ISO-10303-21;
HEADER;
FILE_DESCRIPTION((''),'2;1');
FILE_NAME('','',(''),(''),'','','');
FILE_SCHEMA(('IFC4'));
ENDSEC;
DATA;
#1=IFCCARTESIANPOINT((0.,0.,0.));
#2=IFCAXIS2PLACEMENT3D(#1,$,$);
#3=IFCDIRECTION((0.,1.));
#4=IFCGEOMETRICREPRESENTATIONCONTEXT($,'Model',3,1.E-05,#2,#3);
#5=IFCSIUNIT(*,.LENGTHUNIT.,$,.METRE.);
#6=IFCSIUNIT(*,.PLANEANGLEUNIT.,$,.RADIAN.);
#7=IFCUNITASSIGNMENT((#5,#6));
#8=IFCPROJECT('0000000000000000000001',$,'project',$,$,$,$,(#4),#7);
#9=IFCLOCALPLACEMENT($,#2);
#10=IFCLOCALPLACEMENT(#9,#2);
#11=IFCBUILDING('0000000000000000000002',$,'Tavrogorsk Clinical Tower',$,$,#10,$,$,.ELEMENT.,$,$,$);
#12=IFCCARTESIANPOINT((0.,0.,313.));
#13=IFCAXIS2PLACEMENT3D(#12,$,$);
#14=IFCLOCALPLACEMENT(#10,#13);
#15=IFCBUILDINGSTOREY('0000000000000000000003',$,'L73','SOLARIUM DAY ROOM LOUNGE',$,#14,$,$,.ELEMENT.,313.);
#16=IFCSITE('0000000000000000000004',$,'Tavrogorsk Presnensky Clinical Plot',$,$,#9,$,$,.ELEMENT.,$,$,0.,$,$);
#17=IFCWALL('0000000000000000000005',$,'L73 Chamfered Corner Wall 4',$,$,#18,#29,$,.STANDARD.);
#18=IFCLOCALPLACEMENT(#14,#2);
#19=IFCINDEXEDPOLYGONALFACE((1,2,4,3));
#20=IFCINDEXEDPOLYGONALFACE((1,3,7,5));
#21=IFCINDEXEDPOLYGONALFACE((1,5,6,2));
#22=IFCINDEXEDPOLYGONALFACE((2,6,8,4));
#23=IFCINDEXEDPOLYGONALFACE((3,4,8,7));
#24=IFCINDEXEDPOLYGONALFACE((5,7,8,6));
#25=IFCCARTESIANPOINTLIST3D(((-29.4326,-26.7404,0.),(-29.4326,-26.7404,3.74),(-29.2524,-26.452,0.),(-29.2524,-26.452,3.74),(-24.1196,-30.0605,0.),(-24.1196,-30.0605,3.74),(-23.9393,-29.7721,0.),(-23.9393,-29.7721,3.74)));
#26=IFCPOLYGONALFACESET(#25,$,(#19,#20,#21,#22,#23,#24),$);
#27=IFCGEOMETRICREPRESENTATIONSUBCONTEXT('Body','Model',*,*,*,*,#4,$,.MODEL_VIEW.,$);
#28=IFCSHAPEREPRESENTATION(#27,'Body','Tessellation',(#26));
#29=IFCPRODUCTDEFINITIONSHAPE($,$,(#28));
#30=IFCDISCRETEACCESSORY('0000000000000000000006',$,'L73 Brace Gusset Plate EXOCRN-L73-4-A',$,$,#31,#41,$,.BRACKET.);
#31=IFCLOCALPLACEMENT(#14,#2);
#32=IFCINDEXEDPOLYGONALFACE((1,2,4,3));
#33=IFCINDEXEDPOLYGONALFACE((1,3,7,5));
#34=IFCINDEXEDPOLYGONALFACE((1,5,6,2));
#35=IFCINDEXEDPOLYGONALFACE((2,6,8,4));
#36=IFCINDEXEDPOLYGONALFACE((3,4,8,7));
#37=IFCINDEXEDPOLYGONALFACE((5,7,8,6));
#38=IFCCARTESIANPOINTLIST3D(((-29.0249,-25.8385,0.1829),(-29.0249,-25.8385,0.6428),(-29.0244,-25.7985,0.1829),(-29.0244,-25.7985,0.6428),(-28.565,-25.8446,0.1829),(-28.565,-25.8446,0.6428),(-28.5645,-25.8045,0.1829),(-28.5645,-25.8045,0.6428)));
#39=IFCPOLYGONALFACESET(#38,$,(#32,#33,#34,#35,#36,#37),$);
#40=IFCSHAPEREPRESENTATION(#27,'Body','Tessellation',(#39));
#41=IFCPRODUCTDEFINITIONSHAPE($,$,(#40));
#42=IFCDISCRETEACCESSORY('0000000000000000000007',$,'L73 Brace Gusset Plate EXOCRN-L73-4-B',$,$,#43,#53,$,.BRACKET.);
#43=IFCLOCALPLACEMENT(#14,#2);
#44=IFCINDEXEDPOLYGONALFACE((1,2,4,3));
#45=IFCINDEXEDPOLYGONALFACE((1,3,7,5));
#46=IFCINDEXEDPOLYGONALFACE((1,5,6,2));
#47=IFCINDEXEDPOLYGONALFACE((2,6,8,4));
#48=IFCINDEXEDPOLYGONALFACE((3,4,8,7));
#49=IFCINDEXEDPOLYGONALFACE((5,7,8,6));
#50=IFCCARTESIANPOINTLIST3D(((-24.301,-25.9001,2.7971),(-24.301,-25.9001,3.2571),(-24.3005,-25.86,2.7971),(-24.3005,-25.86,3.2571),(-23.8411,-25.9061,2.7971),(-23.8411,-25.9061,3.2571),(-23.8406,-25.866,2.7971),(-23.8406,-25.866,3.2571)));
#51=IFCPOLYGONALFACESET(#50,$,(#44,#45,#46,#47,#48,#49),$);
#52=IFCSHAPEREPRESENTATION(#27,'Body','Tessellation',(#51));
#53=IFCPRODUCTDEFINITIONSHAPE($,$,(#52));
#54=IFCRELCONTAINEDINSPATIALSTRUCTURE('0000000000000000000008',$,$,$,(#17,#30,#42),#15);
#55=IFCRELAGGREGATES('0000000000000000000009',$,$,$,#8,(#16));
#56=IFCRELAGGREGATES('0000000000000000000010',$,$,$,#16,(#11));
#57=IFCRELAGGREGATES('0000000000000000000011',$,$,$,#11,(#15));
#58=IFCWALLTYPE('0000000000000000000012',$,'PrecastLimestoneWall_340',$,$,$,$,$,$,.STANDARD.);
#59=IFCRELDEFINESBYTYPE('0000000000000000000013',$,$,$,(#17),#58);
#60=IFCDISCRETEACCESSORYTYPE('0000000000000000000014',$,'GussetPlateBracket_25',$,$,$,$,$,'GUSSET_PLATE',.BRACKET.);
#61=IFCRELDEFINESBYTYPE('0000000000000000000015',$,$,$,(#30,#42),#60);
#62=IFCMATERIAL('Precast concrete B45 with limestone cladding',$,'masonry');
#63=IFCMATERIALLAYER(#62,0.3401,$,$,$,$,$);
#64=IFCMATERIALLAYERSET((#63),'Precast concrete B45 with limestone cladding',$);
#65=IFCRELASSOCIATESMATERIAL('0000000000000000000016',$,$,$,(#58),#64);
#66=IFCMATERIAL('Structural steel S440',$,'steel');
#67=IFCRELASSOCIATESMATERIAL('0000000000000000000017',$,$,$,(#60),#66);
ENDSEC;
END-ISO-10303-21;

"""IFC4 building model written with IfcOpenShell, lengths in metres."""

from ifc_helpers import new_model, si_unit, direction, frame, frame_2d, origin, origin_2d, place, context, subcontext, project, spatial, rectangle, extrude, material, layer, layer_set, type_object, element, save


model = new_model("IFC4")

# Units and contexts
model_context = context("Model", 3, precision=1e-05, world=origin(), true_north=direction((0.0, 1.0)))
body_context = subcontext(model_context, "Body", "Model", "MODEL_VIEW")
ifc_project = project(units=[si_unit("LENGTHUNIT", "METRE"), si_unit("PLANEANGLEUNIT", "RADIAN")], contexts=[model_context])

# Site, building, storey
site_placement = place(None, origin())
site = spatial("IfcSite", under=ifc_project, at=site_placement, Name="Tavrogorsk Presnensky Clinical Plot", CompositionType="ELEMENT", RefElevation=0.0)
building_placement = place(site_placement, origin())
building = spatial("IfcBuilding", under=site, at=building_placement, Name="Tavrogorsk Clinical Tower", CompositionType="ELEMENT")
storey_placement = place(building_placement, frame((0.0, 0.0, 313.0)))
storey = spatial("IfcBuildingStorey", under=building, at=storey_placement, Name="L73", Description="SOLARIUM DAY ROOM LOUNGE", CompositionType="ELEMENT", Elevation=313.0)

# Shared definitions
ifc_material_1 = material(Name="Precast concrete B45 with limestone cladding", Category="masonry")
ifc_layer_1 = layer(ifc_material_1, 0.3401)
ifc_layer_set_1 = layer_set([ifc_layer_1], Name="Precast concrete B45 with limestone cladding")
wall_type_1 = type_object("IfcWallType", Name="PrecastLimestoneWall_340", PredefinedType="STANDARD", material=ifc_layer_set_1)

# Wall
wall_1_placement = place(storey_placement, frame((-29.3425, -26.5962, 0.0), z_axis=(0.0, 0.0, 1.0), x_axis=(0.848038, -0.529936, 0.0)))
element("IfcWall", 1, at=wall_1_placement, inside=storey, type_object=wall_type_1, Name="L73 Chamfered Corner Wall 4", PredefinedType="STANDARD", context=body_context, shape_type="SweptSolid", body=[
    extrude(rectangle(XDim=6.2651, YDim=0.3401, at=frame_2d((3.1326, 0.0))), origin(), (0.0, 0.0, 1.0), 3.74),
])

# Discrete accessories
ifc_material_2 = material(Name="Structural steel S440", Category="steel")
discrete_accessory_type = type_object("IfcDiscreteAccessoryType", Name="GussetPlateBracket_25", ElementType="GUSSET_PLATE", PredefinedType="BRACKET", material=ifc_material_2)
for number, where, z_axis, x_axis, name in (
    (2, (-28.7947, -25.8215, 0.1829), (0.0, 0.0, 1.0), (0.999914, -0.01309, 0.0), "L73 Brace Gusset Plate EXOCRN-L73-4-A"),
    (3, (-24.0708, -25.8831, 2.7971), (0.0, 0.0, 1.0), (0.999914, -0.01309, 0.0), "L73 Brace Gusset Plate EXOCRN-L73-4-B"),
):
    element("IfcDiscreteAccessory", number, at=place(storey_placement, frame(where, z_axis=z_axis, x_axis=x_axis)), inside=storey, type_object=discrete_accessory_type, Name=name, PredefinedType="BRACKET", context=body_context, shape_type="SweptSolid", body=[
        extrude(rectangle(XDim=0.46, YDim=0.04, at=origin_2d()), origin(), (0.0, 0.0, 1.0), 0.46),
    ])

save(model, "model.ifc")
